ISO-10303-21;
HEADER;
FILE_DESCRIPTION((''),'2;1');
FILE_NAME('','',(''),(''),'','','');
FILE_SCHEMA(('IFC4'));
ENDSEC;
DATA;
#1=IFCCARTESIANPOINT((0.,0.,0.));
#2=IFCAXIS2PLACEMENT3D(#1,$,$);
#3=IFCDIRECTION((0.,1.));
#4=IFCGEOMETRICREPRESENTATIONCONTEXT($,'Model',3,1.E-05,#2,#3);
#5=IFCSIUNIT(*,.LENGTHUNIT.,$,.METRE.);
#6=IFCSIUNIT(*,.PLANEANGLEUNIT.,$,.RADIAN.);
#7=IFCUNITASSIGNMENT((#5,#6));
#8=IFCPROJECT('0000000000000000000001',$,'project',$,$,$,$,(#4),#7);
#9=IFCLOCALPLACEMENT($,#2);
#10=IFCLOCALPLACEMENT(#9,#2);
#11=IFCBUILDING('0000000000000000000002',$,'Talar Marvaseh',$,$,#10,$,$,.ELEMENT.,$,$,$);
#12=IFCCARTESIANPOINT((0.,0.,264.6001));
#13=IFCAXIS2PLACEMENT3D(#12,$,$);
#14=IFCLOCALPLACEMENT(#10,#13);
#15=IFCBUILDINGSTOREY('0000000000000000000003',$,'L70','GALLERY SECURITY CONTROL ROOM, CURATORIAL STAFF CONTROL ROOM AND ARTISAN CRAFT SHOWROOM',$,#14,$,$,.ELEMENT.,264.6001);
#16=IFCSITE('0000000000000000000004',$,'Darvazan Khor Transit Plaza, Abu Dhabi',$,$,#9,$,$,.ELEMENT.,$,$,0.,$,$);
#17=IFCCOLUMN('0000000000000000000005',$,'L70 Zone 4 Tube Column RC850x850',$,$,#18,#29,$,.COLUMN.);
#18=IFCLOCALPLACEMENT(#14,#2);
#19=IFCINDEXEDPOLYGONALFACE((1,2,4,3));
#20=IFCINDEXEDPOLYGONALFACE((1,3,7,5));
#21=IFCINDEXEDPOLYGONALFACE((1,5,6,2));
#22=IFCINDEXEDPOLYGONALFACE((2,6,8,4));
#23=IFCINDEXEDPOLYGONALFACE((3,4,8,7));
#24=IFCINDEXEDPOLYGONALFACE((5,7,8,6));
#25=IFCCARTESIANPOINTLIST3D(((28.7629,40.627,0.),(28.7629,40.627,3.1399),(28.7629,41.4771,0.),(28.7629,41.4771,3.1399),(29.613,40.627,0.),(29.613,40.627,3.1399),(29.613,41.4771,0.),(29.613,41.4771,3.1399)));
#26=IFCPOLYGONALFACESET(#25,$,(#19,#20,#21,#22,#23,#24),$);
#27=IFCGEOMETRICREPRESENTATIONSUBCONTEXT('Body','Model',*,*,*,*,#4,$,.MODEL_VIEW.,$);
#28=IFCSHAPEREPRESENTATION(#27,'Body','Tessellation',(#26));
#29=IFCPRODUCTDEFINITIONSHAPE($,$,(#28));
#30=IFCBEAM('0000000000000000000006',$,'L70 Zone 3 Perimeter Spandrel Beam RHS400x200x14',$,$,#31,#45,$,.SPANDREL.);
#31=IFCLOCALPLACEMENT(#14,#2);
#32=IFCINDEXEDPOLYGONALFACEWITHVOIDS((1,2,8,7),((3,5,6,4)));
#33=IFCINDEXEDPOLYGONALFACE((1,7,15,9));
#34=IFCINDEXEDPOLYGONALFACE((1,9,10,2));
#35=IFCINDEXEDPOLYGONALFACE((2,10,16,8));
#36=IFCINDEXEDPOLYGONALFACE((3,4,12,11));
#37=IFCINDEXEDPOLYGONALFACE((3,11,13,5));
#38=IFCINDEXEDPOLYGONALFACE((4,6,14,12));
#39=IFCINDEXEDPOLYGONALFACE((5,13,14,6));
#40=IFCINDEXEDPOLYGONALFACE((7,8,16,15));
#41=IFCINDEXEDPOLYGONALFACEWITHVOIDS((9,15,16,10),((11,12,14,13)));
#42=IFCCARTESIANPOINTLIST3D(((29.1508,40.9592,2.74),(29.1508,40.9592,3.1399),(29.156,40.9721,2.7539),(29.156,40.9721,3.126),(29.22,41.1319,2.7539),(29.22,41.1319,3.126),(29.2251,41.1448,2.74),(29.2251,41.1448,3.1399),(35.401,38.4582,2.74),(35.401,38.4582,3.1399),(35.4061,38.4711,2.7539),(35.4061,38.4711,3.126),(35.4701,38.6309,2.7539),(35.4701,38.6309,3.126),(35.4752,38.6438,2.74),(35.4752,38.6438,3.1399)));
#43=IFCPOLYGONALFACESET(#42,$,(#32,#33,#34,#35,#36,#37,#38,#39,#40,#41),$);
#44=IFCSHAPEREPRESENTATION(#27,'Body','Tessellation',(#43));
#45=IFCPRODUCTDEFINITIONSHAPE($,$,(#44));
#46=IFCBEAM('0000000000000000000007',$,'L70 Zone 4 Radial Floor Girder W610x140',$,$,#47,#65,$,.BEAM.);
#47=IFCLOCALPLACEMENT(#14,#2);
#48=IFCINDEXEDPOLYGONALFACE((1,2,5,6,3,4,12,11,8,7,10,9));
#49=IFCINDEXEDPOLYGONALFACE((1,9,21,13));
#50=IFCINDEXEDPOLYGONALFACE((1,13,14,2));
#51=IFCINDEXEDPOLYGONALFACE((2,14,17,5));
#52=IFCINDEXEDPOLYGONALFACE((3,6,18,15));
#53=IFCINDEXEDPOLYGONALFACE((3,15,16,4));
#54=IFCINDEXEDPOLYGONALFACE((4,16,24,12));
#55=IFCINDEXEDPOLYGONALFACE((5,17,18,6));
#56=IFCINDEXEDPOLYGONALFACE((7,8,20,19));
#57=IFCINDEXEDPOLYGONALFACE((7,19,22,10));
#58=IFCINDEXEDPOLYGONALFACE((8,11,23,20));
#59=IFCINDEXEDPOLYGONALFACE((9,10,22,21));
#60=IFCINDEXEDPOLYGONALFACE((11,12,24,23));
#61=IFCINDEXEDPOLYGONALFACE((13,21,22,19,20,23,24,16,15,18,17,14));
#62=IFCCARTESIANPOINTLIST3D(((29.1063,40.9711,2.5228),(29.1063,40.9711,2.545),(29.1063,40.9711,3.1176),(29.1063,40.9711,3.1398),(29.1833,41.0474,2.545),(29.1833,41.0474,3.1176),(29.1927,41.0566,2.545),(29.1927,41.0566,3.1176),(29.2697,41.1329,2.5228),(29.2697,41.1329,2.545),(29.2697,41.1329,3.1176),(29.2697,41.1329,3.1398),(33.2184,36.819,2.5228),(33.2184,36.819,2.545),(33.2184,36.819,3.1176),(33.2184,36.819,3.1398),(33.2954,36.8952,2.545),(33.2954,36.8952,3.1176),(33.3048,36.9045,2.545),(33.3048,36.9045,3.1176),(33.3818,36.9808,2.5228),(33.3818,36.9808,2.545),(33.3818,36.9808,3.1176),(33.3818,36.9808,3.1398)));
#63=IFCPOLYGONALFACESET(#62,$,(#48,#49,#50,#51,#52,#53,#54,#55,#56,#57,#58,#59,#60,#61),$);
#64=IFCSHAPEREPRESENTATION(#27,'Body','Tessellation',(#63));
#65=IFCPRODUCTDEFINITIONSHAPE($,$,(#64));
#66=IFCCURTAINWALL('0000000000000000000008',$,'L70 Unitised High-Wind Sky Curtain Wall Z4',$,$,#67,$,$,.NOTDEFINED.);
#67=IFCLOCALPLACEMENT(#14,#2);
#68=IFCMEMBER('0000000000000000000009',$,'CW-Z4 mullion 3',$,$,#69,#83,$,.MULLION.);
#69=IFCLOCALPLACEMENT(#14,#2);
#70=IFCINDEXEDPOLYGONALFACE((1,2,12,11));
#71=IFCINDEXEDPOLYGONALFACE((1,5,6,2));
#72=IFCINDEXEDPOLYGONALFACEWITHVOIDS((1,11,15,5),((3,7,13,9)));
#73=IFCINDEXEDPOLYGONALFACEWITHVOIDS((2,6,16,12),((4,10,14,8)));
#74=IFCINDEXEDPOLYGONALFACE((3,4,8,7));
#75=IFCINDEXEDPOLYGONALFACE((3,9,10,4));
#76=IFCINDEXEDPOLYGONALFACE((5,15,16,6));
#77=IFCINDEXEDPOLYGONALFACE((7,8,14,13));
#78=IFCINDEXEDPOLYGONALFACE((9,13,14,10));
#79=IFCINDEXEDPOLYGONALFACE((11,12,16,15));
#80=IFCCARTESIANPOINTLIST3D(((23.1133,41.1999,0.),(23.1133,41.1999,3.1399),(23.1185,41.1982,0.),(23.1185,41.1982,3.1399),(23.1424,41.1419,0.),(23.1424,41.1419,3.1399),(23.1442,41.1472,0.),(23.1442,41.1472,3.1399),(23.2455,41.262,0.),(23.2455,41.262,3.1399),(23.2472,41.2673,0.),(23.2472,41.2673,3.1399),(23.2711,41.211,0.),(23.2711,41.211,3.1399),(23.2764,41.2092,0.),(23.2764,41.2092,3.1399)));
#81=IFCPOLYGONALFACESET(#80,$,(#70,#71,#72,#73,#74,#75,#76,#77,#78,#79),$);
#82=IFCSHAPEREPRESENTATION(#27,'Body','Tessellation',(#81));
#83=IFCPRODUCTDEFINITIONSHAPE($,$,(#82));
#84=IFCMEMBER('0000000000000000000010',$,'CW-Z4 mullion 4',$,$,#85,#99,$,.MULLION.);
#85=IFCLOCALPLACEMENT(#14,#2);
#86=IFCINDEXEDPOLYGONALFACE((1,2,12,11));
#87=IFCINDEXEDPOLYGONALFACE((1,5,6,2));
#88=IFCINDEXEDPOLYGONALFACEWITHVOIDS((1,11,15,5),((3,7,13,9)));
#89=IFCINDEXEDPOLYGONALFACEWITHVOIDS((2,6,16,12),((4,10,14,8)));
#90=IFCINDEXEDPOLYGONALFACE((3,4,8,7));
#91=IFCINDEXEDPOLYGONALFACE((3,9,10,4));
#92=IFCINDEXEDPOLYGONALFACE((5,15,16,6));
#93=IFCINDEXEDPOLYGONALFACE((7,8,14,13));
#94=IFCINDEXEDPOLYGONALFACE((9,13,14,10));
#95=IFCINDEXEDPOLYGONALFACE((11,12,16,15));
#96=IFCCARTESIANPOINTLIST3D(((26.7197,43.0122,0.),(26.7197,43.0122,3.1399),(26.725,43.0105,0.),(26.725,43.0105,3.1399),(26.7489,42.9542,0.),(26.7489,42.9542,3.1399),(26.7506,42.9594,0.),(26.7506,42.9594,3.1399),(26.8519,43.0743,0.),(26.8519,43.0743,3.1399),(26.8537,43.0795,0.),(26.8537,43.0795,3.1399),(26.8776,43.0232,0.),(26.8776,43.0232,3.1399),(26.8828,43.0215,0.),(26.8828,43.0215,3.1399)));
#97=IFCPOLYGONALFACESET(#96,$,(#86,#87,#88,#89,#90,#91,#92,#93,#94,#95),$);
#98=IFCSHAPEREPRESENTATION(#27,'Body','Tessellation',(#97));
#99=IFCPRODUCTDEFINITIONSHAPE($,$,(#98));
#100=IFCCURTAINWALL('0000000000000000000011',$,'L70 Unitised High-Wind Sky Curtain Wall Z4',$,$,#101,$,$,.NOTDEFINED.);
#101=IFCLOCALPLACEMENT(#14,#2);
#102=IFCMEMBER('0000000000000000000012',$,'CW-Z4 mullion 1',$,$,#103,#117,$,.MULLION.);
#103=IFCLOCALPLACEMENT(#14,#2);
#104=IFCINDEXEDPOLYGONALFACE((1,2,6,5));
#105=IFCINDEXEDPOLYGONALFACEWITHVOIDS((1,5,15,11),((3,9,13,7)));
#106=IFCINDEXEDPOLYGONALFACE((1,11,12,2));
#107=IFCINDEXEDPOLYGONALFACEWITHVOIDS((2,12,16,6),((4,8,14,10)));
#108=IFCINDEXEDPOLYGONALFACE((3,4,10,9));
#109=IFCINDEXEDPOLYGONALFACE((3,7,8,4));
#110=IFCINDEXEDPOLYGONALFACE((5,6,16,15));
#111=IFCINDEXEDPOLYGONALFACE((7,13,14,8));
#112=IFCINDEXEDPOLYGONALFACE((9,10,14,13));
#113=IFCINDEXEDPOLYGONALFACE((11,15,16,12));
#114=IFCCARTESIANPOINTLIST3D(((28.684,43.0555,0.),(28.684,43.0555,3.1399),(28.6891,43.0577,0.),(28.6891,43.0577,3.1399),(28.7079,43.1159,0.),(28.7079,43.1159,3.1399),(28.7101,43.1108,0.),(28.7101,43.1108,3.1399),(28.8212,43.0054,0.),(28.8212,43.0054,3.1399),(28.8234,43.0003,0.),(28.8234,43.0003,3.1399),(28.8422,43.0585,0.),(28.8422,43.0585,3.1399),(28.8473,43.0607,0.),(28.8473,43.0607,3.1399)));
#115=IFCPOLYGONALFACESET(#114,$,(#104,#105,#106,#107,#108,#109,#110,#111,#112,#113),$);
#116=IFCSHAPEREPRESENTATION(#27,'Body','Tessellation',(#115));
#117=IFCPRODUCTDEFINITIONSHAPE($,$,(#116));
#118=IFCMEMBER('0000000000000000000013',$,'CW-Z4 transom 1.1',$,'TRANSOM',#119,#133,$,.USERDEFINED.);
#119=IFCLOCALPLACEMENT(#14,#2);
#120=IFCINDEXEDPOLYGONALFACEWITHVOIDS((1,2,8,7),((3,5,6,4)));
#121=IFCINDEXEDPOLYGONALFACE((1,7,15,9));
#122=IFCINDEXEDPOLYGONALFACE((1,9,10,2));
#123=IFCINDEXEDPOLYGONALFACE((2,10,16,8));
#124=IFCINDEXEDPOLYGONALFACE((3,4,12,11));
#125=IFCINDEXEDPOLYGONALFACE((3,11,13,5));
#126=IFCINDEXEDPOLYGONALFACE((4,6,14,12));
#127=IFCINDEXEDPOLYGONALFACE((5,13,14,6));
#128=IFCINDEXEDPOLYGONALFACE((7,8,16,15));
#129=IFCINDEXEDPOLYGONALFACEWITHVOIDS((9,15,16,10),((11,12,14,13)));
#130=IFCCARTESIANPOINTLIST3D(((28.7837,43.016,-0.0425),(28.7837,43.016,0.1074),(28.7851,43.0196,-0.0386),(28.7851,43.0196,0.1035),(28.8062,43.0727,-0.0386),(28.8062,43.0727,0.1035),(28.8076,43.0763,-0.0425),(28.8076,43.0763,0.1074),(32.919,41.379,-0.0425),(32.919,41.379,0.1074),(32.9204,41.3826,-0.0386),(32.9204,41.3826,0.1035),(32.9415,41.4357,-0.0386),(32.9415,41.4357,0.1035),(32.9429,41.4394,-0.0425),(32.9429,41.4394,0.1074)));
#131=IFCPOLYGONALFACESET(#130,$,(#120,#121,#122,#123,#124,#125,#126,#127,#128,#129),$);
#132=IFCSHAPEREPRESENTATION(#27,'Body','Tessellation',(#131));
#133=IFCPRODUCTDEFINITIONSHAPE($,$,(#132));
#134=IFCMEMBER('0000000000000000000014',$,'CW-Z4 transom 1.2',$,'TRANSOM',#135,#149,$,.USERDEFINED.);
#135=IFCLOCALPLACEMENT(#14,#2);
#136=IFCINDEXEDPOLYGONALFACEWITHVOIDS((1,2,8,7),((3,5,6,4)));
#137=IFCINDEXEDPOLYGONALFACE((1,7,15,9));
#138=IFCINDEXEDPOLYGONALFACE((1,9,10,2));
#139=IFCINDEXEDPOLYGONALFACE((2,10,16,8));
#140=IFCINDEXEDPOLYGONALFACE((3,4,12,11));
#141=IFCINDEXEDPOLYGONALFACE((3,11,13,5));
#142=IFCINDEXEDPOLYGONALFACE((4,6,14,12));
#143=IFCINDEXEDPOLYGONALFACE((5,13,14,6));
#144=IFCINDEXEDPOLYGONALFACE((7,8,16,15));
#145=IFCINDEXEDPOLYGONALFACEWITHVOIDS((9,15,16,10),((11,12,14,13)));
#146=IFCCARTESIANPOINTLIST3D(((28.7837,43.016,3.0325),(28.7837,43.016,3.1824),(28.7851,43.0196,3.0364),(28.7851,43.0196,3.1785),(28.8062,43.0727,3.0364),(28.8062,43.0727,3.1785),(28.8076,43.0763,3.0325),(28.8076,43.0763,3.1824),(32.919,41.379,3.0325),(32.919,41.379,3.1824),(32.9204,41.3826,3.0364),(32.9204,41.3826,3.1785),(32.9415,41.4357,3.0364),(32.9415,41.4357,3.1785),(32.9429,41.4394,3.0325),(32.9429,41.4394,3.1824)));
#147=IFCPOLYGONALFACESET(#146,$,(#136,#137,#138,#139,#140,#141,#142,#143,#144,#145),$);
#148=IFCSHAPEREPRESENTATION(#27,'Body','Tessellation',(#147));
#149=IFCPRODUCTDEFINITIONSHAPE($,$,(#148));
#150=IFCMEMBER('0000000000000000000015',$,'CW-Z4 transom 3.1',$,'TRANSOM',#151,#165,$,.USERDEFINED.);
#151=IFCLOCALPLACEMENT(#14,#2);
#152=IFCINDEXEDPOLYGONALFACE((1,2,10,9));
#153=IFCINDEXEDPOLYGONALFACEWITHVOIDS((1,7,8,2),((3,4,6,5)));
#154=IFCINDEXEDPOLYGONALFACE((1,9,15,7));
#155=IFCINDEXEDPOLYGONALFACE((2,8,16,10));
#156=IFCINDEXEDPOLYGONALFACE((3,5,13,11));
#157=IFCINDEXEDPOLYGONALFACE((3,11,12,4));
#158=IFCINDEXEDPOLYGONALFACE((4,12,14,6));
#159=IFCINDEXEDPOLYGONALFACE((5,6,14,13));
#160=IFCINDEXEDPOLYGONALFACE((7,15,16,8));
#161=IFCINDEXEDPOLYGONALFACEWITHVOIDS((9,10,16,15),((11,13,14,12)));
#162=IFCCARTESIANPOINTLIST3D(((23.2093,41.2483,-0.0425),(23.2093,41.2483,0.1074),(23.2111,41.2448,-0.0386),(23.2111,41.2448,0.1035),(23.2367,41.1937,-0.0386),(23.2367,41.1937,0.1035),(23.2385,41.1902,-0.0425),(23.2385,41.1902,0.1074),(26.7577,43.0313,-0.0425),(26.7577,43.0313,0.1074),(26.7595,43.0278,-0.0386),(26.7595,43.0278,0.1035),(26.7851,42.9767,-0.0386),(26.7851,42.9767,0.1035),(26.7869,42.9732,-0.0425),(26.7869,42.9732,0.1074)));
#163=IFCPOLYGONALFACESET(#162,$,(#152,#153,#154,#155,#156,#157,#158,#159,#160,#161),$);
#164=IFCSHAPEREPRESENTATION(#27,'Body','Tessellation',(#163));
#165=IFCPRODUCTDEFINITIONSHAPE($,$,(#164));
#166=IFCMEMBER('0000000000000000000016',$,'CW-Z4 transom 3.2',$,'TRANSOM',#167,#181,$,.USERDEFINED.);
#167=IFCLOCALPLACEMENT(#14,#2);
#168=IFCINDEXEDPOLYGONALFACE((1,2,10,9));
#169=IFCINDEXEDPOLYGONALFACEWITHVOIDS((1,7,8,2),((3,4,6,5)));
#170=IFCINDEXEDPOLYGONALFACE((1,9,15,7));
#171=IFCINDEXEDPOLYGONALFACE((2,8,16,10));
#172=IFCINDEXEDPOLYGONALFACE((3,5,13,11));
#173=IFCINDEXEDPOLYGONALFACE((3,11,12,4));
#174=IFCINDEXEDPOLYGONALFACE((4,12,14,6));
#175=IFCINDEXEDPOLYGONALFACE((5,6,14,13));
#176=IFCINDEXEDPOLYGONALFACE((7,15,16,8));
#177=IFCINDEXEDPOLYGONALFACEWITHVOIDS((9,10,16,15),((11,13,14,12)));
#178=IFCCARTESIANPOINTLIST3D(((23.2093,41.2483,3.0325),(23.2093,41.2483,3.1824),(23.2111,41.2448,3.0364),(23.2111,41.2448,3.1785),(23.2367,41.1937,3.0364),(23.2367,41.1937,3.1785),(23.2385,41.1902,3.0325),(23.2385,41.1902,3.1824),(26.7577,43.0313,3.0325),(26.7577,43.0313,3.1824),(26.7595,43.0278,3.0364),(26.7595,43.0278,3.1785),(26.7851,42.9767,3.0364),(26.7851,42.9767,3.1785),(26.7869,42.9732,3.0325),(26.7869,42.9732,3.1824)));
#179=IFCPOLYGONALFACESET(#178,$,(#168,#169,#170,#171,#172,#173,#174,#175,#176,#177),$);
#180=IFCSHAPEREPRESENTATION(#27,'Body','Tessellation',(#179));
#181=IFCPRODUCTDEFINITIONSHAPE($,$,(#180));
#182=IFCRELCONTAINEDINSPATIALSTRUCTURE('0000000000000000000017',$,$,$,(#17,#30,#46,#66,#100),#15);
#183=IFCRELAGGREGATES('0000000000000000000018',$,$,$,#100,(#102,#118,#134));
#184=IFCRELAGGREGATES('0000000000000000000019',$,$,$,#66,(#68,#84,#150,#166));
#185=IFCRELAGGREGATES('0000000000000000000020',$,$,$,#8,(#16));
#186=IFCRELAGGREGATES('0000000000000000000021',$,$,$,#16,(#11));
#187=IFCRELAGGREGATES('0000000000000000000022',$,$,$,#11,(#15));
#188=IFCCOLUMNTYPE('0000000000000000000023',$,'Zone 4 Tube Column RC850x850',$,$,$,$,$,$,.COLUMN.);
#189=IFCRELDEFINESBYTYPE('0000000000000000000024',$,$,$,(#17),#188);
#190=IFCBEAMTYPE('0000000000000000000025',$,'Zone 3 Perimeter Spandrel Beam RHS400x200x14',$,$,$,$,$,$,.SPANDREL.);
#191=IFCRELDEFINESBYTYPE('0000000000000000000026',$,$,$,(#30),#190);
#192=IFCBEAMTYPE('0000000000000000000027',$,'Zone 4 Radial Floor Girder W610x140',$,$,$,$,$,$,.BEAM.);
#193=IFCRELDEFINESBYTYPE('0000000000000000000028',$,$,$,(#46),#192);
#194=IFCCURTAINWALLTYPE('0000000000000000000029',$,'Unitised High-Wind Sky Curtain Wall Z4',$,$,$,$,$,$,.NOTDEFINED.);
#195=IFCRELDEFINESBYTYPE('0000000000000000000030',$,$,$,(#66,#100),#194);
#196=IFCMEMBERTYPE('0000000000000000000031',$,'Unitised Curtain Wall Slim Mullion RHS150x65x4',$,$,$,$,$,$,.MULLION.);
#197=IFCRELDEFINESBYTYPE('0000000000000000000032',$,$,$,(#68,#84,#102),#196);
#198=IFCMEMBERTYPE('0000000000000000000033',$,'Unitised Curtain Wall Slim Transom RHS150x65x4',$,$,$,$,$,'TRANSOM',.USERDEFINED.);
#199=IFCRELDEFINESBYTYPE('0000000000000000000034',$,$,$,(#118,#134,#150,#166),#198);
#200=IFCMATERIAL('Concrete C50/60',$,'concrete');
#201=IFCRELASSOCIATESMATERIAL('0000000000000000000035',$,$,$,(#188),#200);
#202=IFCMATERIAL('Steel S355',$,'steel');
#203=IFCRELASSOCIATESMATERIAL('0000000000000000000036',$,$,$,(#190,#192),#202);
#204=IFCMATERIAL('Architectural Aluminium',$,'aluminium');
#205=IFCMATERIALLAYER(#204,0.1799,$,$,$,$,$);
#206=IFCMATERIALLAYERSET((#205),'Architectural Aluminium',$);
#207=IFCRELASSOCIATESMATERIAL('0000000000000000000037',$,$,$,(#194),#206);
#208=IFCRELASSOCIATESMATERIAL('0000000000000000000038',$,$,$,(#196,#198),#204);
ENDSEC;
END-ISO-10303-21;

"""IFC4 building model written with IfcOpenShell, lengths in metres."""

from ifc_helpers import new_model, si_unit, direction, frame, origin, origin_2d, place, context, subcontext, project, spatial, rectangle, hollow_rectangle, i_section, extrude, source, transform, mapped, material, layer, layer_set, material_profile, profile_set, type_object, type_shapes, element, aggregate, save


model = new_model("IFC4")

# Units and contexts
model_context = context("Model", 3, precision=1e-05, world=origin(), true_north=direction((0.0, 1.0)))
body_context = subcontext(model_context, "Body", "Model", "MODEL_VIEW")
ifc_project = project(units=[si_unit("LENGTHUNIT", "METRE"), si_unit("PLANEANGLEUNIT", "RADIAN")], contexts=[model_context])

# Site, building, storey
site_placement = place(None, origin())
site = spatial("IfcSite", under=ifc_project, at=site_placement, Name="Darvazan Khor Transit Plaza, Abu Dhabi", CompositionType="ELEMENT", RefElevation=0.0)
building_placement = place(site_placement, origin())
building = spatial("IfcBuilding", under=site, at=building_placement, Name="Talar Marvaseh", CompositionType="ELEMENT")
storey_placement = place(building_placement, frame((0.0, 0.0, 264.6001)))
storey = spatial("IfcBuildingStorey", under=building, at=storey_placement, Name="L70", Description="GALLERY SECURITY CONTROL ROOM, CURATORIAL STAFF CONTROL ROOM AND ARTISAN CRAFT SHOWROOM", CompositionType="ELEMENT", Elevation=264.6001)

# Column
ifc_material_1 = material(Name="Concrete C50/60", Category="concrete")
ifc_material_profile_1 = material_profile(ifc_material_1, rectangle(XDim=0.8501, YDim=0.8501, at=origin_2d()), Name="RC850x850")
ifc_profile_set_1 = profile_set([ifc_material_profile_1], Name="Concrete C50/60")
column_type = type_object("IfcColumnType", Name="Zone 4 Tube Column RC850x850", PredefinedType="COLUMN", material=ifc_profile_set_1)
column_placement = place(storey_placement, frame((29.188, 41.052, 0.0), z_axis=(0.0, 0.0, 1.0), x_axis=(1.0, 0.0, 0.0)))
element("IfcColumn", 1, at=column_placement, inside=storey, type_object=column_type, Name="L70 Zone 4 Tube Column RC850x850", PredefinedType="COLUMN", context=body_context, shape_type="SweptSolid", body=[
    extrude(rectangle(XDim=0.8501, YDim=0.8501, at=origin_2d()), origin(), (0.0, 0.0, 1.0), 3.1399),
])

# Beams
ifc_material_2 = material(Name="Steel S355", Category="steel")
ifc_material_profile_2 = material_profile(ifc_material_2, hollow_rectangle(XDim=0.2, YDim=0.3999, WallThickness=0.0139, at=origin_2d()), Name="RHS400x200x14")
ifc_profile_set_2 = profile_set([ifc_material_profile_2], Name="Steel S355")
beam_type_1 = type_object("IfcBeamType", Name="Zone 3 Perimeter Spandrel Beam RHS400x200x14", PredefinedType="SPANDREL", material=ifc_profile_set_2)
beam_1_placement = place(storey_placement, frame((29.188, 41.052, 2.9399), z_axis=(0.928427, -0.371516, 0.0), x_axis=(0.371516, 0.928427, 0.0)))
element("IfcBeam", 2, at=beam_1_placement, inside=storey, type_object=beam_type_1, Name="L70 Zone 3 Perimeter Spandrel Beam RHS400x200x14", PredefinedType="SPANDREL", context=body_context, shape_type="SweptSolid", body=[
    extrude(hollow_rectangle(XDim=0.2, YDim=0.3999, WallThickness=0.0139, at=origin_2d()), origin(), (0.0, 0.0, 1.0), 6.7319),
])
ifc_material_profile_3 = material_profile(ifc_material_2, i_section(OverallWidth=0.23, OverallDepth=0.6169, WebThickness=0.0132, FlangeThickness=0.0222, at=origin_2d()), Name="W610x140")
ifc_profile_set_3 = profile_set([ifc_material_profile_3], Name="Steel S355")
beam_type_2 = type_object("IfcBeamType", Name="Zone 4 Radial Floor Girder W610x140", PredefinedType="BEAM", material=ifc_profile_set_3)
beam_2_placement = place(storey_placement, frame((29.188, 41.052, 2.8313), z_axis=(0.703673, -0.710524, 0.0), x_axis=(0.710524, 0.703673, 0.0)))
element("IfcBeam", 3, at=beam_2_placement, inside=storey, type_object=beam_type_2, Name="L70 Zone 4 Radial Floor Girder W610x140", PredefinedType="BEAM", context=body_context, shape_type="SweptSolid", body=[
    extrude(i_section(OverallWidth=0.23, OverallDepth=0.6169, WebThickness=0.0132, FlangeThickness=0.0222, at=origin_2d()), origin(), (0.0, 0.0, 1.0), 5.8438),
])

# Curtain walls, members
ifc_material_3 = material(Name="Architectural Aluminium", Category="aluminium")
ifc_layer_1 = layer(ifc_material_3, 0.1799)
ifc_layer_set_1 = layer_set([ifc_layer_1], Name="Architectural Aluminium")
curtain_wall_type = type_object("IfcCurtainWallType", Name="Unitised High-Wind Sky Curtain Wall Z4", PredefinedType="NOTDEFINED", material=ifc_layer_set_1)
curtain_wall_1_placement = place(storey_placement, origin())
curtain_wall_1 = element("IfcCurtainWall", 4, at=curtain_wall_1_placement, inside=storey, type_object=curtain_wall_type, Name="L70 Unitised High-Wind Sky Curtain Wall Z4", PredefinedType="NOTDEFINED")
ifc_material_profile_4 = material_profile(ifc_material_3, hollow_rectangle(XDim=0.0649, YDim=0.1499, WallThickness=0.0039, at=origin_2d()), Name="RHS150x65x4")
ifc_profile_set_4 = profile_set([ifc_material_profile_4], Name="Architectural Aluminium")
member_type_1 = type_object("IfcMemberType", Name="Unitised Curtain Wall Slim Mullion RHS150x65x4", PredefinedType="MULLION", material=ifc_profile_set_4)
shared_shape_1 = source(origin(), body_context, "Body", "SweptSolid", [
    extrude(hollow_rectangle(XDim=0.0649, YDim=0.1499, WallThickness=0.0039, at=origin_2d()), origin(), (0.0, 0.0, 1.0), 3.1399),
])
type_shapes(member_type_1, [shared_shape_1])
member_1_placement = place(storey_placement, frame((23.1948, 41.2046, 0.0), z_axis=(0.0, 0.0, 1.0), x_axis=(-0.449035, 0.893514, 0.0)))
member_1 = element("IfcMember", 5, at=member_1_placement, type_object=member_type_1, Name="CW-Z4 mullion 3", PredefinedType="MULLION", context=body_context, shape_type="MappedRepresentation", body=[
    mapped(shared_shape_1, transform((0.0, 0.0, 0.0), x_axis=(1.0, 0.0, 0.0), y_axis=(0.0, 1.0, 0.0), z_axis=(0.0, 0.0, 1.0), scale=1.0)),
])
member_2_placement = place(storey_placement, frame((26.8013, 43.0168, 0.0), z_axis=(0.0, 0.0, 1.0), x_axis=(-0.449035, 0.893514, 0.0)))
member_2 = element("IfcMember", 6, at=member_2_placement, type_object=member_type_1, Name="CW-Z4 mullion 4", PredefinedType="MULLION", context=body_context, shape_type="MappedRepresentation", body=[
    mapped(shared_shape_1, transform((0.0, 0.0, 0.0), x_axis=(1.0, 0.0, 0.0), y_axis=(0.0, 1.0, 0.0), z_axis=(0.0, 0.0, 1.0), scale=1.0)),
])
curtain_wall_2_placement = place(storey_placement, origin())
curtain_wall_2 = element("IfcCurtainWall", 7, at=curtain_wall_2_placement, inside=storey, type_object=curtain_wall_type, Name="L70 Unitised High-Wind Sky Curtain Wall Z4", PredefinedType="NOTDEFINED")
member_3_placement = place(storey_placement, frame((28.7656, 43.0581, 0.0), z_axis=(0.0, 0.0, 1.0), x_axis=(0.36806, 0.929802, 0.0)))
member_3 = element("IfcMember", 8, at=member_3_placement, type_object=member_type_1, Name="CW-Z4 mullion 1", PredefinedType="MULLION", context=body_context, shape_type="MappedRepresentation", body=[
    mapped(shared_shape_1, transform((0.0, 0.0, 0.0), x_axis=(1.0, 0.0, 0.0), y_axis=(0.0, 1.0, 0.0), z_axis=(0.0, 0.0, 1.0), scale=1.0)),
])
ifc_material_profile_5 = material_profile(ifc_material_3, hollow_rectangle(XDim=0.0649, YDim=0.1499, WallThickness=0.0039, at=origin_2d()), Name="RHS150x65x4")
ifc_profile_set_5 = profile_set([ifc_material_profile_5], Name="Architectural Aluminium")
member_type_2 = type_object("IfcMemberType", Name="Unitised Curtain Wall Slim Transom RHS150x65x4", ElementType="TRANSOM", PredefinedType="USERDEFINED", material=ifc_profile_set_5)
shared_shape_2 = source(origin(), body_context, "Body", "SweptSolid", [
    extrude(hollow_rectangle(XDim=0.0649, YDim=0.1499, WallThickness=0.0039, at=origin_2d()), origin(), (0.0, 0.0, 1.0), 4.4475),
])
member_4_placement = place(storey_placement, frame((28.7957, 43.0461, 0.0325), z_axis=(0.9298, -0.368066, 0.0), x_axis=(0.368066, 0.9298, 0.0)))
member_4 = element("IfcMember", 9, at=member_4_placement, type_object=member_type_2, Name="CW-Z4 transom 1.1", ObjectType="TRANSOM", PredefinedType="USERDEFINED", context=body_context, shape_type="MappedRepresentation", body=[
    mapped(shared_shape_2, transform((0.0, 0.0, 0.0), x_axis=(1.0, 0.0, 0.0), y_axis=(0.0, 1.0, 0.0), z_axis=(0.0, 0.0, 1.0), scale=1.0)),
])
member_5_placement = place(storey_placement, frame((28.7957, 43.0461, 3.1074), z_axis=(0.9298, -0.368066, 0.0), x_axis=(0.368066, 0.9298, 0.0)))
member_5 = element("IfcMember", 10, at=member_5_placement, type_object=member_type_2, Name="CW-Z4 transom 1.2", ObjectType="TRANSOM", PredefinedType="USERDEFINED", context=body_context, shape_type="MappedRepresentation", body=[
    mapped(shared_shape_2, transform((0.0, 0.0, 0.0), x_axis=(1.0, 0.0, 0.0), y_axis=(0.0, 1.0, 0.0), z_axis=(0.0, 0.0, 1.0), scale=1.0)),
])

# Members
shared_shape_3 = source(origin(), body_context, "Body", "SweptSolid", [
    extrude(hollow_rectangle(XDim=0.0649, YDim=0.1499, WallThickness=0.0039, at=origin_2d()), origin(), (0.0, 0.0, 1.0), 3.9712),
])
type_shapes(member_type_2, [shared_shape_2, shared_shape_3])
member_6_placement = place(storey_placement, frame((23.2239, 41.2192, 0.0325), z_axis=(0.89354, 0.448983, 0.0), x_axis=(-0.448983, 0.89354, 0.0)))
member_6 = element("IfcMember", 11, at=member_6_placement, type_object=member_type_2, Name="CW-Z4 transom 3.1", ObjectType="TRANSOM", PredefinedType="USERDEFINED", context=body_context, shape_type="MappedRepresentation", body=[
    mapped(shared_shape_3, transform((0.0, 0.0, 0.0), x_axis=(1.0, 0.0, 0.0), y_axis=(0.0, 1.0, 0.0), z_axis=(0.0, 0.0, 1.0), scale=1.0)),
])
member_7_placement = place(storey_placement, frame((23.2239, 41.2192, 3.1074), z_axis=(0.89354, 0.448983, 0.0), x_axis=(-0.448983, 0.89354, 0.0)))
member_7 = element("IfcMember", 12, at=member_7_placement, type_object=member_type_2, Name="CW-Z4 transom 3.2", ObjectType="TRANSOM", PredefinedType="USERDEFINED", context=body_context, shape_type="MappedRepresentation", body=[
    mapped(shared_shape_3, transform((0.0, 0.0, 0.0), x_axis=(1.0, 0.0, 0.0), y_axis=(0.0, 1.0, 0.0), z_axis=(0.0, 0.0, 1.0), scale=1.0)),
])

aggregate(curtain_wall_2, [member_3, member_4, member_5])
aggregate(curtain_wall_1, [member_1, member_2, member_6, member_7])

save(model, "model.ifc")
